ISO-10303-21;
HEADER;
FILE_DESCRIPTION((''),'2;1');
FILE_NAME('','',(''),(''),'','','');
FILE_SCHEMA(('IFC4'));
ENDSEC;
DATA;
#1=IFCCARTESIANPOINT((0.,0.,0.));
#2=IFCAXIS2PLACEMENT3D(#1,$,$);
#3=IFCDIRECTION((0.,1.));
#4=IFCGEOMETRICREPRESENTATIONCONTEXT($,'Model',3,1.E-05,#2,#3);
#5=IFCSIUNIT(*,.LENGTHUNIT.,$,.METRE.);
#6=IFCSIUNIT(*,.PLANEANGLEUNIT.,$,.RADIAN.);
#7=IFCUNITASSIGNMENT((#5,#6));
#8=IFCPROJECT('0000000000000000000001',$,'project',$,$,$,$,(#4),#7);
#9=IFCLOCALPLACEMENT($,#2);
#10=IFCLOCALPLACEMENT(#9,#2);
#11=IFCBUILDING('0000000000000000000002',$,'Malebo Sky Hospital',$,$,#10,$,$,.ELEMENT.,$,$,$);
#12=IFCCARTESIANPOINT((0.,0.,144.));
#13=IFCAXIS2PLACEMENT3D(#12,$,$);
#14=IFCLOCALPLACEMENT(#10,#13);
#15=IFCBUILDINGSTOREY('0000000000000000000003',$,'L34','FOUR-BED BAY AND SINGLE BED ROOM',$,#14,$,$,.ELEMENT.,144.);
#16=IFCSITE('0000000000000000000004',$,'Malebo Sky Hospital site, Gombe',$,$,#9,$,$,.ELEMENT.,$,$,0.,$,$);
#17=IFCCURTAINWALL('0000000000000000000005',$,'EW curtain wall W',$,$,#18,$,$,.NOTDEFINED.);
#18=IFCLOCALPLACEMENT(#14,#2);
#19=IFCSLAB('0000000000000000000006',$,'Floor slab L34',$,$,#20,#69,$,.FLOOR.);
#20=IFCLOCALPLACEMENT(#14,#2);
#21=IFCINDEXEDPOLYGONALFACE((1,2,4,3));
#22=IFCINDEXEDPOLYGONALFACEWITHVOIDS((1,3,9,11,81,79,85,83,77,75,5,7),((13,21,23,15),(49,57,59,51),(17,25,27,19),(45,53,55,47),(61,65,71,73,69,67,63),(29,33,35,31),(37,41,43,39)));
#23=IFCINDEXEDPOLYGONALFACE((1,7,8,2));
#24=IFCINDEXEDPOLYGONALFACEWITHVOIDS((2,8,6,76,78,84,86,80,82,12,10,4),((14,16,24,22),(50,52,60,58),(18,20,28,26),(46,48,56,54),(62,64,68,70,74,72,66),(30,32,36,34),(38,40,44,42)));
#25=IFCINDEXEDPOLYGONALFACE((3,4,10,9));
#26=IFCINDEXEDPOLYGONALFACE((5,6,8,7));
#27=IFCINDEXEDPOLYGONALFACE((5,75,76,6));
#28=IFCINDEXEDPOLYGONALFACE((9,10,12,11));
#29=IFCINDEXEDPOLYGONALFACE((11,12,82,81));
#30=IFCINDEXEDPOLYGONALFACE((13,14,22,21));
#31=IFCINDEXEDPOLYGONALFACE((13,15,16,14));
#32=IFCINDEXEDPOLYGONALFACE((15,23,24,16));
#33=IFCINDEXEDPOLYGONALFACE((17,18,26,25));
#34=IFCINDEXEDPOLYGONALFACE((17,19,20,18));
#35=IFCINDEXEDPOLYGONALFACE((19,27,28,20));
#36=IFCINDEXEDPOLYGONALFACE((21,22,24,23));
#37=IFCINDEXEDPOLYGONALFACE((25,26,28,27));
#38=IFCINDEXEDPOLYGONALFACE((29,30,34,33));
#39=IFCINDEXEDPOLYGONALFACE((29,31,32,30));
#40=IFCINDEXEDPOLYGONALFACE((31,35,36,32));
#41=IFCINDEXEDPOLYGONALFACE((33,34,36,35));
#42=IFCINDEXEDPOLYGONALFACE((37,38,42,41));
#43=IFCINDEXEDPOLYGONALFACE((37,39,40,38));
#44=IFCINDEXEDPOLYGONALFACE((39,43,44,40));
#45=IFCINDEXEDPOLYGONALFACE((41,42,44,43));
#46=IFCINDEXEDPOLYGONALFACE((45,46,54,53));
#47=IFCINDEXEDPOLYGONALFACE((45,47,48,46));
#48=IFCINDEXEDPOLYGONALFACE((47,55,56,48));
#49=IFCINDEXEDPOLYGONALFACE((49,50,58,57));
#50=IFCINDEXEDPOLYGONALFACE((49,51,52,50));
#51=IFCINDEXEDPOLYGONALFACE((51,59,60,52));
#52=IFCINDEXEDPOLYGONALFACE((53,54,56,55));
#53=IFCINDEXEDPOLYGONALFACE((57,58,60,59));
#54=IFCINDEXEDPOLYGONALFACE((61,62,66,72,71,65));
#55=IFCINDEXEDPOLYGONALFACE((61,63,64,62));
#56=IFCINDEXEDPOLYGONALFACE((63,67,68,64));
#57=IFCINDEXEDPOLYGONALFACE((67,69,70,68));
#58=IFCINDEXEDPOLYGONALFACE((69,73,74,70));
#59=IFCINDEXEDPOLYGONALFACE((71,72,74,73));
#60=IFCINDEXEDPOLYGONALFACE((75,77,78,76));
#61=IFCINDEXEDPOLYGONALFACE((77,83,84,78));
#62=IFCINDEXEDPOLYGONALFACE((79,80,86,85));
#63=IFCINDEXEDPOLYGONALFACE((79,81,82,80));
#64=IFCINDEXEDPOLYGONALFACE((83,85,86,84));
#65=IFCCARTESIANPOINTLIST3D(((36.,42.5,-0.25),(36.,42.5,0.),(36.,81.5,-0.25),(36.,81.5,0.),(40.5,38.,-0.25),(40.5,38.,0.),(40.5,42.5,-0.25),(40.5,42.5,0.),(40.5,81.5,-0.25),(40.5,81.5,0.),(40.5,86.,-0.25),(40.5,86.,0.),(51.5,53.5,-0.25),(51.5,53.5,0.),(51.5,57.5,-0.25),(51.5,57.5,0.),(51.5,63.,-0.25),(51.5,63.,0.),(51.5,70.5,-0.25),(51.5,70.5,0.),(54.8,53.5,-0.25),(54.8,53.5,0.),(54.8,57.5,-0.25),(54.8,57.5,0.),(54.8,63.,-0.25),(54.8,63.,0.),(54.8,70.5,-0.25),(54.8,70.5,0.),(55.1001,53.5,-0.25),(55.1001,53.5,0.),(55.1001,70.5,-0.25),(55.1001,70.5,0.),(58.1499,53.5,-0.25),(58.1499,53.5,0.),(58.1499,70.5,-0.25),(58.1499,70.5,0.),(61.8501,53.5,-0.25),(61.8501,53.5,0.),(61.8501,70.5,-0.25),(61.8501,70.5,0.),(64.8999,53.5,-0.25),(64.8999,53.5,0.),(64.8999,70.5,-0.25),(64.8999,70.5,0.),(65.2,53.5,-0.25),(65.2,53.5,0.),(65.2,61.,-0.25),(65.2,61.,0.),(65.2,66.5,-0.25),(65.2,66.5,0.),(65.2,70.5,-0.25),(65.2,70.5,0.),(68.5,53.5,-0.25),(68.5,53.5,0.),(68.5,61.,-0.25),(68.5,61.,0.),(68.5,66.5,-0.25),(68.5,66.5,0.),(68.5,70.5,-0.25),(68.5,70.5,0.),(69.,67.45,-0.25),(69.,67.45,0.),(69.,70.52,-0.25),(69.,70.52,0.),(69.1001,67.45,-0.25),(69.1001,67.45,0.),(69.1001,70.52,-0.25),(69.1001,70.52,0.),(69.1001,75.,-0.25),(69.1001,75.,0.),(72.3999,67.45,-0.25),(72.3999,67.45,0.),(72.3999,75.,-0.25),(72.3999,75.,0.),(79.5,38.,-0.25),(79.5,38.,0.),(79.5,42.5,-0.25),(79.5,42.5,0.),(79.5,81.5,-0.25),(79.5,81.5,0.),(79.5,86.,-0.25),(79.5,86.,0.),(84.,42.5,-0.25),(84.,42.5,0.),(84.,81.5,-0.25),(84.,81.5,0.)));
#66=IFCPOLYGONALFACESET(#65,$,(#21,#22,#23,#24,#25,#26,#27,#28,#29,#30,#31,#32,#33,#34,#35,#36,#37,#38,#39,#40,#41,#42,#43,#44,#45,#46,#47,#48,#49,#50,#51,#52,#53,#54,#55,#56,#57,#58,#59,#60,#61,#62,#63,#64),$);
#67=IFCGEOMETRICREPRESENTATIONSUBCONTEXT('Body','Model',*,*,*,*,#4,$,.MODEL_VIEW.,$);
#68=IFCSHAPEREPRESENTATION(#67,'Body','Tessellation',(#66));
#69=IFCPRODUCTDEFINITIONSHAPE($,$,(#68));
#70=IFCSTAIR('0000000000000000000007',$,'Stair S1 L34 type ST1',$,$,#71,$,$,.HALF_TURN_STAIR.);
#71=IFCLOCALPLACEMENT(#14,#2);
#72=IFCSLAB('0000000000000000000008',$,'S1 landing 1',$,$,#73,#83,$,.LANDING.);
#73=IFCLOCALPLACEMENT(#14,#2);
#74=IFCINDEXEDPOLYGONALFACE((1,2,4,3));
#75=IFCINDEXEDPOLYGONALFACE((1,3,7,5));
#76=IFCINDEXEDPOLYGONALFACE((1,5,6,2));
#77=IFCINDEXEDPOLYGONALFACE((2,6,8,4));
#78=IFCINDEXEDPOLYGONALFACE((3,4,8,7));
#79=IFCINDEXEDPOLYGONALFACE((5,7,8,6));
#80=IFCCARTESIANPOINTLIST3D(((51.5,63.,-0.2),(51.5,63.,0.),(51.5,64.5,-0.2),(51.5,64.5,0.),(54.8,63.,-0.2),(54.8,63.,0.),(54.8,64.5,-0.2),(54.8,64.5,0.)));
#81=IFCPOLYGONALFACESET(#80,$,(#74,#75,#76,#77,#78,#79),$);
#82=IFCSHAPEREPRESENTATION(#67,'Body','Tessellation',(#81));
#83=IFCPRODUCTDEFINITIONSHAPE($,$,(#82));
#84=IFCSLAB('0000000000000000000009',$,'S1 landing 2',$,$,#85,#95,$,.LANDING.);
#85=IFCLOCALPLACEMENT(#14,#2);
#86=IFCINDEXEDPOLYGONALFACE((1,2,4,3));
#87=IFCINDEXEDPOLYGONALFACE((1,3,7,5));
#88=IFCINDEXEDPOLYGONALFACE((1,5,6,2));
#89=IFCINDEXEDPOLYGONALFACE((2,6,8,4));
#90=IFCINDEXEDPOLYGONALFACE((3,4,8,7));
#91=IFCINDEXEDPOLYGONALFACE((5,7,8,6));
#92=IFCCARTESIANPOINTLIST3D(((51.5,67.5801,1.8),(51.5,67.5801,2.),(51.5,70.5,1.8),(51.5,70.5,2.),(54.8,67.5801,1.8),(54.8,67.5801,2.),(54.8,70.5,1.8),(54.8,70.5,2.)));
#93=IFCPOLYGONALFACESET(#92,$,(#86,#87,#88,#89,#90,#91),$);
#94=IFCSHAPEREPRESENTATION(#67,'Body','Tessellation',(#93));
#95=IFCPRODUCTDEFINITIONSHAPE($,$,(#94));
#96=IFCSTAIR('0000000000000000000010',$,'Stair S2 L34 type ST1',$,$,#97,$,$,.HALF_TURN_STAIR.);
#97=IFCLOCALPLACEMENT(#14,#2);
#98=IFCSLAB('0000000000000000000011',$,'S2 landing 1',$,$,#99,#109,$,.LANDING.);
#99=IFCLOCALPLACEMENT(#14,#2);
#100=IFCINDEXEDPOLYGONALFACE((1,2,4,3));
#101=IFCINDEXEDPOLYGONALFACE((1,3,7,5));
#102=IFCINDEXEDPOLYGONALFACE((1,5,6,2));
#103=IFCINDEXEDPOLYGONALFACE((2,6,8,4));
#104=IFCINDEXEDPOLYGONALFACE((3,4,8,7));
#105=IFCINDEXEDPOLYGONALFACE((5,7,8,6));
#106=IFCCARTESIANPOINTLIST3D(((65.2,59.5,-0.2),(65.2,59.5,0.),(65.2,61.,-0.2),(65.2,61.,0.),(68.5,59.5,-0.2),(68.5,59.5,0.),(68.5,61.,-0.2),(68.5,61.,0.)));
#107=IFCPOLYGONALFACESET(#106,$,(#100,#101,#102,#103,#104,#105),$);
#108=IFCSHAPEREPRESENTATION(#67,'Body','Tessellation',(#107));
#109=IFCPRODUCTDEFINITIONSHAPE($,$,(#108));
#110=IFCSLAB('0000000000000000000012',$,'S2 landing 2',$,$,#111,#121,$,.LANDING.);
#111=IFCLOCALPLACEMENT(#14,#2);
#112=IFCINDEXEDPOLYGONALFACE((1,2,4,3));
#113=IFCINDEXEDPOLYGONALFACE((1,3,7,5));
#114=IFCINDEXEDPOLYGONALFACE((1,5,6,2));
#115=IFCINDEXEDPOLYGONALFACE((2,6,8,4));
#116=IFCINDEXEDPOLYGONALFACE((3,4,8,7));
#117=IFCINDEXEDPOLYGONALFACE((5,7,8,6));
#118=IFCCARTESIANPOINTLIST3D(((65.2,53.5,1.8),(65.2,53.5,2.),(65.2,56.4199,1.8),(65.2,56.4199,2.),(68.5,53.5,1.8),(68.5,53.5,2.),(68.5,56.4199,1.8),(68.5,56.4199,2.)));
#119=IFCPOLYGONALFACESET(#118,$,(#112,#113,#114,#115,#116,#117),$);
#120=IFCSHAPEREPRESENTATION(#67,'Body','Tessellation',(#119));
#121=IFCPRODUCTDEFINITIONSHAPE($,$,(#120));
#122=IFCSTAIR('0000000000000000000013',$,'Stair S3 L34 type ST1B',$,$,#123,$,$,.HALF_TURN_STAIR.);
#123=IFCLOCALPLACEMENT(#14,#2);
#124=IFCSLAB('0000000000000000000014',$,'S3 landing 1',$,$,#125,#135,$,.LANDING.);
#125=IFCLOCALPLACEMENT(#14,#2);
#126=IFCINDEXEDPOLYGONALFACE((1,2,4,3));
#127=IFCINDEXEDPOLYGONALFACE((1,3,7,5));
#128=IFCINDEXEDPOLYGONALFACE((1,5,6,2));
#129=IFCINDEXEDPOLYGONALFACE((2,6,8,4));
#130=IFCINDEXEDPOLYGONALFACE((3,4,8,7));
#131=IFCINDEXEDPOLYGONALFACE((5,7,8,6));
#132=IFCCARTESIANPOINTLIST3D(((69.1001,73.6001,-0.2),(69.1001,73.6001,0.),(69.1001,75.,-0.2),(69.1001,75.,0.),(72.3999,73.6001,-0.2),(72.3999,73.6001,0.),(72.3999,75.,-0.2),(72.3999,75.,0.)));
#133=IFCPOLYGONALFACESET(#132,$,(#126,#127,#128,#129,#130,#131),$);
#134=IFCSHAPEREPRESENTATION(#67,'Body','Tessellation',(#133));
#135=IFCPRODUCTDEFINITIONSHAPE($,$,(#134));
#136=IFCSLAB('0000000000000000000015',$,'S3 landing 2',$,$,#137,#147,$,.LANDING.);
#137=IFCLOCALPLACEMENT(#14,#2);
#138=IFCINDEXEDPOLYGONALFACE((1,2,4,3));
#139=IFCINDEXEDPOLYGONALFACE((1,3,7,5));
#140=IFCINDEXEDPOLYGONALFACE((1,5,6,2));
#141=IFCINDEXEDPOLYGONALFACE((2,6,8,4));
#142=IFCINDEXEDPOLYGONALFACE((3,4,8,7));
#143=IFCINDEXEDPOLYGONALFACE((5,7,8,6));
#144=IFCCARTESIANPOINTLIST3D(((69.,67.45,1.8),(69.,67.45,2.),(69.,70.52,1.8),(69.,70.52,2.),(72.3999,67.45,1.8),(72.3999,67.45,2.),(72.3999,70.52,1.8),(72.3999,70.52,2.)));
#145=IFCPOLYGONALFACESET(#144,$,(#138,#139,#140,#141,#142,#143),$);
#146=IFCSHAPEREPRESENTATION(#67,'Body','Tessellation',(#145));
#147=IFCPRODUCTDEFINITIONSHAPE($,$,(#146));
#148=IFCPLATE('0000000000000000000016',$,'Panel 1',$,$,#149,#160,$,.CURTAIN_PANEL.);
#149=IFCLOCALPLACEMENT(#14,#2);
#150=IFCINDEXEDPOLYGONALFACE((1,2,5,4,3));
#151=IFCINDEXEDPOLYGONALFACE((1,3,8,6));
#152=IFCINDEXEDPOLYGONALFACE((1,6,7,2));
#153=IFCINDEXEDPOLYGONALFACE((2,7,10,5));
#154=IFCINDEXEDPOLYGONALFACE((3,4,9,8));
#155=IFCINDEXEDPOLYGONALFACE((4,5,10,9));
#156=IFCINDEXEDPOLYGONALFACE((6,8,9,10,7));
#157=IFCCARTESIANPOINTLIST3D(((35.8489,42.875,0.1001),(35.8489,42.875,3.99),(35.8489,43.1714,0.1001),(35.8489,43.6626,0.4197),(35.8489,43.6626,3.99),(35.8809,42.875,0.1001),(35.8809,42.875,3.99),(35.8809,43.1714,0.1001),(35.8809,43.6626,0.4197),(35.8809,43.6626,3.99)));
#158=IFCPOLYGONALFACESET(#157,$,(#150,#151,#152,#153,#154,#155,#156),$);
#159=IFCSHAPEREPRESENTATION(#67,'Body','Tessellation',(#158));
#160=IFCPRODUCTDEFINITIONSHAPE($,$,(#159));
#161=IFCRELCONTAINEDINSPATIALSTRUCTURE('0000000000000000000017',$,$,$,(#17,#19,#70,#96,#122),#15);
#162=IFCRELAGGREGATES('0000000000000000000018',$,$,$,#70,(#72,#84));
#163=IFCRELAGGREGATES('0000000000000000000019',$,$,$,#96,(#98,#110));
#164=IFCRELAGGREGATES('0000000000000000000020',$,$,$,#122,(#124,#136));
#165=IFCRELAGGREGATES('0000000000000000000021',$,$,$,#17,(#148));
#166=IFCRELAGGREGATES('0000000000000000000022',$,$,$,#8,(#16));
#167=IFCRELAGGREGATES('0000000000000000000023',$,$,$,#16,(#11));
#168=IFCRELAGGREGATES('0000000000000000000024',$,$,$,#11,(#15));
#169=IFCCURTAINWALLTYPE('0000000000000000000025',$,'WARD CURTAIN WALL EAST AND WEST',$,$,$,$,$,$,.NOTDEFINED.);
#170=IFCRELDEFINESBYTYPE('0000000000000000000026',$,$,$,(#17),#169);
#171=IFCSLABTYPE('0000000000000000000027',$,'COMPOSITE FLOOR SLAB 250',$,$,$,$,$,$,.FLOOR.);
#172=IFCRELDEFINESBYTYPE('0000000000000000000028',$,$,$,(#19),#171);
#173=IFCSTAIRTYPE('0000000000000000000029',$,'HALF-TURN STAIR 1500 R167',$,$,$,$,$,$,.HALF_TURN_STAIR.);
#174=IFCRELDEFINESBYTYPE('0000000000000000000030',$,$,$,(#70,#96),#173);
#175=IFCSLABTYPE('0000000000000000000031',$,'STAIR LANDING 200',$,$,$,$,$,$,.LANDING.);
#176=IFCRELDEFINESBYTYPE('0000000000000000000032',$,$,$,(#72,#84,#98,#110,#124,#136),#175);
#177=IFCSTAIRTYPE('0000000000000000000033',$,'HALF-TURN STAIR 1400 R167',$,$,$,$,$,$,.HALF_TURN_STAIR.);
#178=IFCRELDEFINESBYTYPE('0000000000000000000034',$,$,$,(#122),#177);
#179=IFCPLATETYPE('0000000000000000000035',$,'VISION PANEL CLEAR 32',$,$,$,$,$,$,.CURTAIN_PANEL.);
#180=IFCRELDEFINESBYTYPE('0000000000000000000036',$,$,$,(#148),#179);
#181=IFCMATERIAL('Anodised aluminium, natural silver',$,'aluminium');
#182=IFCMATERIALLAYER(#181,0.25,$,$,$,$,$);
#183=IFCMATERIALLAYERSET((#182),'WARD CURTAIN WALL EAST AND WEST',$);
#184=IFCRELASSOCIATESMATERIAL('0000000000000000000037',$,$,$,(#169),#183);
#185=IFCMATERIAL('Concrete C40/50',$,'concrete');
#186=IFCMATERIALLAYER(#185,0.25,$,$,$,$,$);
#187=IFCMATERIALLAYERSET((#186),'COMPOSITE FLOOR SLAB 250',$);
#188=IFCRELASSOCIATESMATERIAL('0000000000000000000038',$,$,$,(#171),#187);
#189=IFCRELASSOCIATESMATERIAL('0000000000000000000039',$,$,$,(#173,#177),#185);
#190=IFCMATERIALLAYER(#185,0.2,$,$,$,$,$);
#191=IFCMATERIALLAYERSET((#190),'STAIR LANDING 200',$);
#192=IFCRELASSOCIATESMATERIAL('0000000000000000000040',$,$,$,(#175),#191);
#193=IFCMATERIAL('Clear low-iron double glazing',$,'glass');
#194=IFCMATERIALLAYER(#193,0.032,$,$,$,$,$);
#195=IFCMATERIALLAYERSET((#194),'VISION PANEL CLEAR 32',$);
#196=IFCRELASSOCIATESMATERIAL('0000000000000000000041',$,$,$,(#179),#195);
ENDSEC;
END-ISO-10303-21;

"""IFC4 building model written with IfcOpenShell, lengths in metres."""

from ifc_helpers import new_model, si_unit, direction, frame, origin, place, context, subcontext, project, spatial, polyline, outline, extrude, material, layer, layer_set, type_object, element, aggregate, save


model = new_model("IFC4")

# Units and contexts
model_context = context("Model", 3, precision=1e-05, world=origin(), true_north=direction((0.0, 1.0)))
body_context = subcontext(model_context, "Body", "Model", "MODEL_VIEW")
ifc_project = project(units=[si_unit("LENGTHUNIT", "METRE"), si_unit("PLANEANGLEUNIT", "RADIAN")], contexts=[model_context])

# Site, building, storey
site_placement = place(None, origin())
site = spatial("IfcSite", under=ifc_project, at=site_placement, Name="Malebo Sky Hospital site, Gombe", CompositionType="ELEMENT", RefElevation=0.0)
building_placement = place(site_placement, origin())
building = spatial("IfcBuilding", under=site, at=building_placement, Name="Malebo Sky Hospital", CompositionType="ELEMENT")
storey_placement = place(building_placement, frame((0.0, 0.0, 144.0)))
storey = spatial("IfcBuildingStorey", under=building, at=storey_placement, Name="L34", Description="FOUR-BED BAY AND SINGLE BED ROOM", CompositionType="ELEMENT", Elevation=144.0)

# Curtain wall
ifc_material_1 = material(Name="Anodised aluminium, natural silver", Category="aluminium")
ifc_layer_1 = layer(ifc_material_1, 0.25)
ifc_layer_set_1 = layer_set([ifc_layer_1], Name="WARD CURTAIN WALL EAST AND WEST")
curtain_wall_type = type_object("IfcCurtainWallType", Name="WARD CURTAIN WALL EAST AND WEST", PredefinedType="NOTDEFINED", material=ifc_layer_set_1)
curtain_wall_placement = place(storey_placement, origin())
curtain_wall = element("IfcCurtainWall", 1, at=curtain_wall_placement, inside=storey, type_object=curtain_wall_type, Name="EW curtain wall W", PredefinedType="NOTDEFINED")

# Slab
ifc_material_2 = material(Name="Concrete C40/50", Category="concrete")
ifc_layer_2 = layer(ifc_material_2, 0.25)
ifc_layer_set_2 = layer_set([ifc_layer_2], Name="COMPOSITE FLOOR SLAB 250")
slab_type_1 = type_object("IfcSlabType", Name="COMPOSITE FLOOR SLAB 250", PredefinedType="FLOOR", material=ifc_layer_set_2)
slab_1_placement = place(storey_placement, frame((0.0, 0.0, -0.25)))
element("IfcSlab", 2, at=slab_1_placement, inside=storey, type_object=slab_type_1, Name="Floor slab L34", PredefinedType="FLOOR", context=body_context, shape_type="SweptSolid", body=[
    extrude(outline(polyline([(40.5, 86.0), (40.5, 81.5), (36.0, 81.5), (36.0, 42.5), (40.5, 42.5), (40.5, 38.0), (79.5, 38.0), (79.5, 42.5), (84.0, 42.5), (84.0, 81.5), (79.5, 81.5), (79.5, 86.0), (40.5, 86.0)]), holes=[polyline([(55.1001, 70.5), (58.1499, 70.5), (58.1499, 53.5), (55.1001, 53.5), (55.1001, 70.5)]), polyline([(64.8999, 70.5), (64.8999, 53.5), (61.8501, 53.5), (61.8501, 70.5), (64.8999, 70.5)]), polyline([(54.8, 63.0), (51.5, 63.0), (51.5, 70.5), (54.8, 70.5), (54.8, 63.0)]), polyline([(51.5, 53.5), (51.5, 57.5), (54.8, 57.5), (54.8, 53.5), (51.5, 53.5)]), polyline([(65.2, 61.0), (68.5, 61.0), (68.5, 53.5), (65.2, 53.5), (65.2, 61.0)]), polyline([(68.5, 70.5), (68.5, 66.5), (65.2, 66.5), (65.2, 70.5), (68.5, 70.5)]), polyline([(69.0, 67.45), (69.0, 70.52), (69.1001, 70.52), (69.1001, 75.0), (72.3999, 75.0), (72.3999, 67.45), (69.1001, 67.45), (69.0, 67.45)])]), origin(), (0.0, 0.0, 1.0), 0.25),
])

# Stairs, slabs
stair_type_1 = type_object("IfcStairType", Name="HALF-TURN STAIR 1500 R167", PredefinedType="HALF_TURN_STAIR", material=ifc_material_2)
stair_1_placement = place(storey_placement, origin())
stair_1 = element("IfcStair", 3, at=stair_1_placement, inside=storey, type_object=stair_type_1, Name="Stair S1 L34 type ST1", PredefinedType="HALF_TURN_STAIR")
ifc_layer_3 = layer(ifc_material_2, 0.2)
ifc_layer_set_3 = layer_set([ifc_layer_3], Name="STAIR LANDING 200")
slab_type_2 = type_object("IfcSlabType", Name="STAIR LANDING 200", PredefinedType="LANDING", material=ifc_layer_set_3)
slab_2_placement = place(storey_placement, frame((0.0, 0.0, -0.2)))
slab_2 = element("IfcSlab", 4, at=slab_2_placement, type_object=slab_type_2, Name="S1 landing 1", PredefinedType="LANDING", context=body_context, shape_type="SweptSolid", body=[
    extrude(outline(polyline([(51.5, 63.0), (54.8, 63.0), (54.8, 64.5), (51.5, 64.5), (51.5, 63.0)])), origin(), (0.0, 0.0, 1.0), 0.2),
])
slab_3_placement = place(storey_placement, frame((0.0, 0.0, 1.8)))
slab_3 = element("IfcSlab", 5, at=slab_3_placement, type_object=slab_type_2, Name="S1 landing 2", PredefinedType="LANDING", context=body_context, shape_type="SweptSolid", body=[
    extrude(outline(polyline([(51.5, 67.5801), (54.8, 67.5801), (54.8, 70.5), (51.5, 70.5), (51.5, 67.5801)])), origin(), (0.0, 0.0, 1.0), 0.2),
])
aggregate(stair_1, [slab_2, slab_3])
stair_2_placement = place(storey_placement, origin())
stair_2 = element("IfcStair", 6, at=stair_2_placement, inside=storey, type_object=stair_type_1, Name="Stair S2 L34 type ST1", PredefinedType="HALF_TURN_STAIR")
slab_4_placement = place(storey_placement, frame((0.0, 0.0, -0.2)))
slab_4 = element("IfcSlab", 7, at=slab_4_placement, type_object=slab_type_2, Name="S2 landing 1", PredefinedType="LANDING", context=body_context, shape_type="SweptSolid", body=[
    extrude(outline(polyline([(65.2, 59.5), (68.5, 59.5), (68.5, 61.0), (65.2, 61.0), (65.2, 59.5)])), origin(), (0.0, 0.0, 1.0), 0.2),
])
slab_5_placement = place(storey_placement, frame((0.0, 0.0, 1.8)))
slab_5 = element("IfcSlab", 8, at=slab_5_placement, type_object=slab_type_2, Name="S2 landing 2", PredefinedType="LANDING", context=body_context, shape_type="SweptSolid", body=[
    extrude(outline(polyline([(65.2, 53.5), (68.5, 53.5), (68.5, 56.4199), (65.2, 56.4199), (65.2, 53.5)])), origin(), (0.0, 0.0, 1.0), 0.2),
])
aggregate(stair_2, [slab_4, slab_5])
stair_type_2 = type_object("IfcStairType", Name="HALF-TURN STAIR 1400 R167", PredefinedType="HALF_TURN_STAIR", material=ifc_material_2)
stair_3_placement = place(storey_placement, origin())
stair_3 = element("IfcStair", 9, at=stair_3_placement, inside=storey, type_object=stair_type_2, Name="Stair S3 L34 type ST1B", PredefinedType="HALF_TURN_STAIR")
slab_6_placement = place(storey_placement, frame((0.0, 0.0, -0.2)))
slab_6 = element("IfcSlab", 10, at=slab_6_placement, type_object=slab_type_2, Name="S3 landing 1", PredefinedType="LANDING", context=body_context, shape_type="SweptSolid", body=[
    extrude(outline(polyline([(69.1001, 73.6001), (72.3999, 73.6001), (72.3999, 75.0), (69.1001, 75.0), (69.1001, 73.6001)])), origin(), (0.0, 0.0, 1.0), 0.2),
])
slab_7_placement = place(storey_placement, frame((0.0, 0.0, 1.8)))
slab_7 = element("IfcSlab", 11, at=slab_7_placement, type_object=slab_type_2, Name="S3 landing 2", PredefinedType="LANDING", context=body_context, shape_type="SweptSolid", body=[
    extrude(outline(polyline([(69.0, 67.45), (72.3999, 67.45), (72.3999, 70.52), (69.0, 70.52), (69.0, 67.45)])), origin(), (0.0, 0.0, 1.0), 0.2),
])
aggregate(stair_3, [slab_6, slab_7])

# Plate
ifc_material_3 = material(Name="Clear low-iron double glazing", Category="glass")
ifc_layer_4 = layer(ifc_material_3, 0.032)
ifc_layer_set_4 = layer_set([ifc_layer_4], Name="VISION PANEL CLEAR 32")
plate_type = type_object("IfcPlateType", Name="VISION PANEL CLEAR 32", PredefinedType="CURTAIN_PANEL", material=ifc_layer_set_4)
plate_placement = place(storey_placement, frame((35.865, 43.2688, 0.1001), z_axis=(0.0, 0.0, 1.0), x_axis=(0.0, 1.0, 0.0)))
plate = element("IfcPlate", 12, at=plate_placement, type_object=plate_type, Name="Panel 1", PredefinedType="CURTAIN_PANEL", context=body_context, shape_type="SweptSolid", body=[
    extrude(outline(polyline([(-0.3938, 0.0), (-0.0974, 0.0), (0.3938, 0.3196), (0.3938, 3.8899), (-0.3938, 3.8899), (-0.3938, 0.0)])), frame((0.0, 0.0161, 0.0), z_axis=(0.0, -1.0, 0.0), x_axis=(1.0, 0.0, 0.0)), (0.0, 0.0, 1.0), 0.032),
])
aggregate(curtain_wall, [plate])

save(model, "model.ifc")
